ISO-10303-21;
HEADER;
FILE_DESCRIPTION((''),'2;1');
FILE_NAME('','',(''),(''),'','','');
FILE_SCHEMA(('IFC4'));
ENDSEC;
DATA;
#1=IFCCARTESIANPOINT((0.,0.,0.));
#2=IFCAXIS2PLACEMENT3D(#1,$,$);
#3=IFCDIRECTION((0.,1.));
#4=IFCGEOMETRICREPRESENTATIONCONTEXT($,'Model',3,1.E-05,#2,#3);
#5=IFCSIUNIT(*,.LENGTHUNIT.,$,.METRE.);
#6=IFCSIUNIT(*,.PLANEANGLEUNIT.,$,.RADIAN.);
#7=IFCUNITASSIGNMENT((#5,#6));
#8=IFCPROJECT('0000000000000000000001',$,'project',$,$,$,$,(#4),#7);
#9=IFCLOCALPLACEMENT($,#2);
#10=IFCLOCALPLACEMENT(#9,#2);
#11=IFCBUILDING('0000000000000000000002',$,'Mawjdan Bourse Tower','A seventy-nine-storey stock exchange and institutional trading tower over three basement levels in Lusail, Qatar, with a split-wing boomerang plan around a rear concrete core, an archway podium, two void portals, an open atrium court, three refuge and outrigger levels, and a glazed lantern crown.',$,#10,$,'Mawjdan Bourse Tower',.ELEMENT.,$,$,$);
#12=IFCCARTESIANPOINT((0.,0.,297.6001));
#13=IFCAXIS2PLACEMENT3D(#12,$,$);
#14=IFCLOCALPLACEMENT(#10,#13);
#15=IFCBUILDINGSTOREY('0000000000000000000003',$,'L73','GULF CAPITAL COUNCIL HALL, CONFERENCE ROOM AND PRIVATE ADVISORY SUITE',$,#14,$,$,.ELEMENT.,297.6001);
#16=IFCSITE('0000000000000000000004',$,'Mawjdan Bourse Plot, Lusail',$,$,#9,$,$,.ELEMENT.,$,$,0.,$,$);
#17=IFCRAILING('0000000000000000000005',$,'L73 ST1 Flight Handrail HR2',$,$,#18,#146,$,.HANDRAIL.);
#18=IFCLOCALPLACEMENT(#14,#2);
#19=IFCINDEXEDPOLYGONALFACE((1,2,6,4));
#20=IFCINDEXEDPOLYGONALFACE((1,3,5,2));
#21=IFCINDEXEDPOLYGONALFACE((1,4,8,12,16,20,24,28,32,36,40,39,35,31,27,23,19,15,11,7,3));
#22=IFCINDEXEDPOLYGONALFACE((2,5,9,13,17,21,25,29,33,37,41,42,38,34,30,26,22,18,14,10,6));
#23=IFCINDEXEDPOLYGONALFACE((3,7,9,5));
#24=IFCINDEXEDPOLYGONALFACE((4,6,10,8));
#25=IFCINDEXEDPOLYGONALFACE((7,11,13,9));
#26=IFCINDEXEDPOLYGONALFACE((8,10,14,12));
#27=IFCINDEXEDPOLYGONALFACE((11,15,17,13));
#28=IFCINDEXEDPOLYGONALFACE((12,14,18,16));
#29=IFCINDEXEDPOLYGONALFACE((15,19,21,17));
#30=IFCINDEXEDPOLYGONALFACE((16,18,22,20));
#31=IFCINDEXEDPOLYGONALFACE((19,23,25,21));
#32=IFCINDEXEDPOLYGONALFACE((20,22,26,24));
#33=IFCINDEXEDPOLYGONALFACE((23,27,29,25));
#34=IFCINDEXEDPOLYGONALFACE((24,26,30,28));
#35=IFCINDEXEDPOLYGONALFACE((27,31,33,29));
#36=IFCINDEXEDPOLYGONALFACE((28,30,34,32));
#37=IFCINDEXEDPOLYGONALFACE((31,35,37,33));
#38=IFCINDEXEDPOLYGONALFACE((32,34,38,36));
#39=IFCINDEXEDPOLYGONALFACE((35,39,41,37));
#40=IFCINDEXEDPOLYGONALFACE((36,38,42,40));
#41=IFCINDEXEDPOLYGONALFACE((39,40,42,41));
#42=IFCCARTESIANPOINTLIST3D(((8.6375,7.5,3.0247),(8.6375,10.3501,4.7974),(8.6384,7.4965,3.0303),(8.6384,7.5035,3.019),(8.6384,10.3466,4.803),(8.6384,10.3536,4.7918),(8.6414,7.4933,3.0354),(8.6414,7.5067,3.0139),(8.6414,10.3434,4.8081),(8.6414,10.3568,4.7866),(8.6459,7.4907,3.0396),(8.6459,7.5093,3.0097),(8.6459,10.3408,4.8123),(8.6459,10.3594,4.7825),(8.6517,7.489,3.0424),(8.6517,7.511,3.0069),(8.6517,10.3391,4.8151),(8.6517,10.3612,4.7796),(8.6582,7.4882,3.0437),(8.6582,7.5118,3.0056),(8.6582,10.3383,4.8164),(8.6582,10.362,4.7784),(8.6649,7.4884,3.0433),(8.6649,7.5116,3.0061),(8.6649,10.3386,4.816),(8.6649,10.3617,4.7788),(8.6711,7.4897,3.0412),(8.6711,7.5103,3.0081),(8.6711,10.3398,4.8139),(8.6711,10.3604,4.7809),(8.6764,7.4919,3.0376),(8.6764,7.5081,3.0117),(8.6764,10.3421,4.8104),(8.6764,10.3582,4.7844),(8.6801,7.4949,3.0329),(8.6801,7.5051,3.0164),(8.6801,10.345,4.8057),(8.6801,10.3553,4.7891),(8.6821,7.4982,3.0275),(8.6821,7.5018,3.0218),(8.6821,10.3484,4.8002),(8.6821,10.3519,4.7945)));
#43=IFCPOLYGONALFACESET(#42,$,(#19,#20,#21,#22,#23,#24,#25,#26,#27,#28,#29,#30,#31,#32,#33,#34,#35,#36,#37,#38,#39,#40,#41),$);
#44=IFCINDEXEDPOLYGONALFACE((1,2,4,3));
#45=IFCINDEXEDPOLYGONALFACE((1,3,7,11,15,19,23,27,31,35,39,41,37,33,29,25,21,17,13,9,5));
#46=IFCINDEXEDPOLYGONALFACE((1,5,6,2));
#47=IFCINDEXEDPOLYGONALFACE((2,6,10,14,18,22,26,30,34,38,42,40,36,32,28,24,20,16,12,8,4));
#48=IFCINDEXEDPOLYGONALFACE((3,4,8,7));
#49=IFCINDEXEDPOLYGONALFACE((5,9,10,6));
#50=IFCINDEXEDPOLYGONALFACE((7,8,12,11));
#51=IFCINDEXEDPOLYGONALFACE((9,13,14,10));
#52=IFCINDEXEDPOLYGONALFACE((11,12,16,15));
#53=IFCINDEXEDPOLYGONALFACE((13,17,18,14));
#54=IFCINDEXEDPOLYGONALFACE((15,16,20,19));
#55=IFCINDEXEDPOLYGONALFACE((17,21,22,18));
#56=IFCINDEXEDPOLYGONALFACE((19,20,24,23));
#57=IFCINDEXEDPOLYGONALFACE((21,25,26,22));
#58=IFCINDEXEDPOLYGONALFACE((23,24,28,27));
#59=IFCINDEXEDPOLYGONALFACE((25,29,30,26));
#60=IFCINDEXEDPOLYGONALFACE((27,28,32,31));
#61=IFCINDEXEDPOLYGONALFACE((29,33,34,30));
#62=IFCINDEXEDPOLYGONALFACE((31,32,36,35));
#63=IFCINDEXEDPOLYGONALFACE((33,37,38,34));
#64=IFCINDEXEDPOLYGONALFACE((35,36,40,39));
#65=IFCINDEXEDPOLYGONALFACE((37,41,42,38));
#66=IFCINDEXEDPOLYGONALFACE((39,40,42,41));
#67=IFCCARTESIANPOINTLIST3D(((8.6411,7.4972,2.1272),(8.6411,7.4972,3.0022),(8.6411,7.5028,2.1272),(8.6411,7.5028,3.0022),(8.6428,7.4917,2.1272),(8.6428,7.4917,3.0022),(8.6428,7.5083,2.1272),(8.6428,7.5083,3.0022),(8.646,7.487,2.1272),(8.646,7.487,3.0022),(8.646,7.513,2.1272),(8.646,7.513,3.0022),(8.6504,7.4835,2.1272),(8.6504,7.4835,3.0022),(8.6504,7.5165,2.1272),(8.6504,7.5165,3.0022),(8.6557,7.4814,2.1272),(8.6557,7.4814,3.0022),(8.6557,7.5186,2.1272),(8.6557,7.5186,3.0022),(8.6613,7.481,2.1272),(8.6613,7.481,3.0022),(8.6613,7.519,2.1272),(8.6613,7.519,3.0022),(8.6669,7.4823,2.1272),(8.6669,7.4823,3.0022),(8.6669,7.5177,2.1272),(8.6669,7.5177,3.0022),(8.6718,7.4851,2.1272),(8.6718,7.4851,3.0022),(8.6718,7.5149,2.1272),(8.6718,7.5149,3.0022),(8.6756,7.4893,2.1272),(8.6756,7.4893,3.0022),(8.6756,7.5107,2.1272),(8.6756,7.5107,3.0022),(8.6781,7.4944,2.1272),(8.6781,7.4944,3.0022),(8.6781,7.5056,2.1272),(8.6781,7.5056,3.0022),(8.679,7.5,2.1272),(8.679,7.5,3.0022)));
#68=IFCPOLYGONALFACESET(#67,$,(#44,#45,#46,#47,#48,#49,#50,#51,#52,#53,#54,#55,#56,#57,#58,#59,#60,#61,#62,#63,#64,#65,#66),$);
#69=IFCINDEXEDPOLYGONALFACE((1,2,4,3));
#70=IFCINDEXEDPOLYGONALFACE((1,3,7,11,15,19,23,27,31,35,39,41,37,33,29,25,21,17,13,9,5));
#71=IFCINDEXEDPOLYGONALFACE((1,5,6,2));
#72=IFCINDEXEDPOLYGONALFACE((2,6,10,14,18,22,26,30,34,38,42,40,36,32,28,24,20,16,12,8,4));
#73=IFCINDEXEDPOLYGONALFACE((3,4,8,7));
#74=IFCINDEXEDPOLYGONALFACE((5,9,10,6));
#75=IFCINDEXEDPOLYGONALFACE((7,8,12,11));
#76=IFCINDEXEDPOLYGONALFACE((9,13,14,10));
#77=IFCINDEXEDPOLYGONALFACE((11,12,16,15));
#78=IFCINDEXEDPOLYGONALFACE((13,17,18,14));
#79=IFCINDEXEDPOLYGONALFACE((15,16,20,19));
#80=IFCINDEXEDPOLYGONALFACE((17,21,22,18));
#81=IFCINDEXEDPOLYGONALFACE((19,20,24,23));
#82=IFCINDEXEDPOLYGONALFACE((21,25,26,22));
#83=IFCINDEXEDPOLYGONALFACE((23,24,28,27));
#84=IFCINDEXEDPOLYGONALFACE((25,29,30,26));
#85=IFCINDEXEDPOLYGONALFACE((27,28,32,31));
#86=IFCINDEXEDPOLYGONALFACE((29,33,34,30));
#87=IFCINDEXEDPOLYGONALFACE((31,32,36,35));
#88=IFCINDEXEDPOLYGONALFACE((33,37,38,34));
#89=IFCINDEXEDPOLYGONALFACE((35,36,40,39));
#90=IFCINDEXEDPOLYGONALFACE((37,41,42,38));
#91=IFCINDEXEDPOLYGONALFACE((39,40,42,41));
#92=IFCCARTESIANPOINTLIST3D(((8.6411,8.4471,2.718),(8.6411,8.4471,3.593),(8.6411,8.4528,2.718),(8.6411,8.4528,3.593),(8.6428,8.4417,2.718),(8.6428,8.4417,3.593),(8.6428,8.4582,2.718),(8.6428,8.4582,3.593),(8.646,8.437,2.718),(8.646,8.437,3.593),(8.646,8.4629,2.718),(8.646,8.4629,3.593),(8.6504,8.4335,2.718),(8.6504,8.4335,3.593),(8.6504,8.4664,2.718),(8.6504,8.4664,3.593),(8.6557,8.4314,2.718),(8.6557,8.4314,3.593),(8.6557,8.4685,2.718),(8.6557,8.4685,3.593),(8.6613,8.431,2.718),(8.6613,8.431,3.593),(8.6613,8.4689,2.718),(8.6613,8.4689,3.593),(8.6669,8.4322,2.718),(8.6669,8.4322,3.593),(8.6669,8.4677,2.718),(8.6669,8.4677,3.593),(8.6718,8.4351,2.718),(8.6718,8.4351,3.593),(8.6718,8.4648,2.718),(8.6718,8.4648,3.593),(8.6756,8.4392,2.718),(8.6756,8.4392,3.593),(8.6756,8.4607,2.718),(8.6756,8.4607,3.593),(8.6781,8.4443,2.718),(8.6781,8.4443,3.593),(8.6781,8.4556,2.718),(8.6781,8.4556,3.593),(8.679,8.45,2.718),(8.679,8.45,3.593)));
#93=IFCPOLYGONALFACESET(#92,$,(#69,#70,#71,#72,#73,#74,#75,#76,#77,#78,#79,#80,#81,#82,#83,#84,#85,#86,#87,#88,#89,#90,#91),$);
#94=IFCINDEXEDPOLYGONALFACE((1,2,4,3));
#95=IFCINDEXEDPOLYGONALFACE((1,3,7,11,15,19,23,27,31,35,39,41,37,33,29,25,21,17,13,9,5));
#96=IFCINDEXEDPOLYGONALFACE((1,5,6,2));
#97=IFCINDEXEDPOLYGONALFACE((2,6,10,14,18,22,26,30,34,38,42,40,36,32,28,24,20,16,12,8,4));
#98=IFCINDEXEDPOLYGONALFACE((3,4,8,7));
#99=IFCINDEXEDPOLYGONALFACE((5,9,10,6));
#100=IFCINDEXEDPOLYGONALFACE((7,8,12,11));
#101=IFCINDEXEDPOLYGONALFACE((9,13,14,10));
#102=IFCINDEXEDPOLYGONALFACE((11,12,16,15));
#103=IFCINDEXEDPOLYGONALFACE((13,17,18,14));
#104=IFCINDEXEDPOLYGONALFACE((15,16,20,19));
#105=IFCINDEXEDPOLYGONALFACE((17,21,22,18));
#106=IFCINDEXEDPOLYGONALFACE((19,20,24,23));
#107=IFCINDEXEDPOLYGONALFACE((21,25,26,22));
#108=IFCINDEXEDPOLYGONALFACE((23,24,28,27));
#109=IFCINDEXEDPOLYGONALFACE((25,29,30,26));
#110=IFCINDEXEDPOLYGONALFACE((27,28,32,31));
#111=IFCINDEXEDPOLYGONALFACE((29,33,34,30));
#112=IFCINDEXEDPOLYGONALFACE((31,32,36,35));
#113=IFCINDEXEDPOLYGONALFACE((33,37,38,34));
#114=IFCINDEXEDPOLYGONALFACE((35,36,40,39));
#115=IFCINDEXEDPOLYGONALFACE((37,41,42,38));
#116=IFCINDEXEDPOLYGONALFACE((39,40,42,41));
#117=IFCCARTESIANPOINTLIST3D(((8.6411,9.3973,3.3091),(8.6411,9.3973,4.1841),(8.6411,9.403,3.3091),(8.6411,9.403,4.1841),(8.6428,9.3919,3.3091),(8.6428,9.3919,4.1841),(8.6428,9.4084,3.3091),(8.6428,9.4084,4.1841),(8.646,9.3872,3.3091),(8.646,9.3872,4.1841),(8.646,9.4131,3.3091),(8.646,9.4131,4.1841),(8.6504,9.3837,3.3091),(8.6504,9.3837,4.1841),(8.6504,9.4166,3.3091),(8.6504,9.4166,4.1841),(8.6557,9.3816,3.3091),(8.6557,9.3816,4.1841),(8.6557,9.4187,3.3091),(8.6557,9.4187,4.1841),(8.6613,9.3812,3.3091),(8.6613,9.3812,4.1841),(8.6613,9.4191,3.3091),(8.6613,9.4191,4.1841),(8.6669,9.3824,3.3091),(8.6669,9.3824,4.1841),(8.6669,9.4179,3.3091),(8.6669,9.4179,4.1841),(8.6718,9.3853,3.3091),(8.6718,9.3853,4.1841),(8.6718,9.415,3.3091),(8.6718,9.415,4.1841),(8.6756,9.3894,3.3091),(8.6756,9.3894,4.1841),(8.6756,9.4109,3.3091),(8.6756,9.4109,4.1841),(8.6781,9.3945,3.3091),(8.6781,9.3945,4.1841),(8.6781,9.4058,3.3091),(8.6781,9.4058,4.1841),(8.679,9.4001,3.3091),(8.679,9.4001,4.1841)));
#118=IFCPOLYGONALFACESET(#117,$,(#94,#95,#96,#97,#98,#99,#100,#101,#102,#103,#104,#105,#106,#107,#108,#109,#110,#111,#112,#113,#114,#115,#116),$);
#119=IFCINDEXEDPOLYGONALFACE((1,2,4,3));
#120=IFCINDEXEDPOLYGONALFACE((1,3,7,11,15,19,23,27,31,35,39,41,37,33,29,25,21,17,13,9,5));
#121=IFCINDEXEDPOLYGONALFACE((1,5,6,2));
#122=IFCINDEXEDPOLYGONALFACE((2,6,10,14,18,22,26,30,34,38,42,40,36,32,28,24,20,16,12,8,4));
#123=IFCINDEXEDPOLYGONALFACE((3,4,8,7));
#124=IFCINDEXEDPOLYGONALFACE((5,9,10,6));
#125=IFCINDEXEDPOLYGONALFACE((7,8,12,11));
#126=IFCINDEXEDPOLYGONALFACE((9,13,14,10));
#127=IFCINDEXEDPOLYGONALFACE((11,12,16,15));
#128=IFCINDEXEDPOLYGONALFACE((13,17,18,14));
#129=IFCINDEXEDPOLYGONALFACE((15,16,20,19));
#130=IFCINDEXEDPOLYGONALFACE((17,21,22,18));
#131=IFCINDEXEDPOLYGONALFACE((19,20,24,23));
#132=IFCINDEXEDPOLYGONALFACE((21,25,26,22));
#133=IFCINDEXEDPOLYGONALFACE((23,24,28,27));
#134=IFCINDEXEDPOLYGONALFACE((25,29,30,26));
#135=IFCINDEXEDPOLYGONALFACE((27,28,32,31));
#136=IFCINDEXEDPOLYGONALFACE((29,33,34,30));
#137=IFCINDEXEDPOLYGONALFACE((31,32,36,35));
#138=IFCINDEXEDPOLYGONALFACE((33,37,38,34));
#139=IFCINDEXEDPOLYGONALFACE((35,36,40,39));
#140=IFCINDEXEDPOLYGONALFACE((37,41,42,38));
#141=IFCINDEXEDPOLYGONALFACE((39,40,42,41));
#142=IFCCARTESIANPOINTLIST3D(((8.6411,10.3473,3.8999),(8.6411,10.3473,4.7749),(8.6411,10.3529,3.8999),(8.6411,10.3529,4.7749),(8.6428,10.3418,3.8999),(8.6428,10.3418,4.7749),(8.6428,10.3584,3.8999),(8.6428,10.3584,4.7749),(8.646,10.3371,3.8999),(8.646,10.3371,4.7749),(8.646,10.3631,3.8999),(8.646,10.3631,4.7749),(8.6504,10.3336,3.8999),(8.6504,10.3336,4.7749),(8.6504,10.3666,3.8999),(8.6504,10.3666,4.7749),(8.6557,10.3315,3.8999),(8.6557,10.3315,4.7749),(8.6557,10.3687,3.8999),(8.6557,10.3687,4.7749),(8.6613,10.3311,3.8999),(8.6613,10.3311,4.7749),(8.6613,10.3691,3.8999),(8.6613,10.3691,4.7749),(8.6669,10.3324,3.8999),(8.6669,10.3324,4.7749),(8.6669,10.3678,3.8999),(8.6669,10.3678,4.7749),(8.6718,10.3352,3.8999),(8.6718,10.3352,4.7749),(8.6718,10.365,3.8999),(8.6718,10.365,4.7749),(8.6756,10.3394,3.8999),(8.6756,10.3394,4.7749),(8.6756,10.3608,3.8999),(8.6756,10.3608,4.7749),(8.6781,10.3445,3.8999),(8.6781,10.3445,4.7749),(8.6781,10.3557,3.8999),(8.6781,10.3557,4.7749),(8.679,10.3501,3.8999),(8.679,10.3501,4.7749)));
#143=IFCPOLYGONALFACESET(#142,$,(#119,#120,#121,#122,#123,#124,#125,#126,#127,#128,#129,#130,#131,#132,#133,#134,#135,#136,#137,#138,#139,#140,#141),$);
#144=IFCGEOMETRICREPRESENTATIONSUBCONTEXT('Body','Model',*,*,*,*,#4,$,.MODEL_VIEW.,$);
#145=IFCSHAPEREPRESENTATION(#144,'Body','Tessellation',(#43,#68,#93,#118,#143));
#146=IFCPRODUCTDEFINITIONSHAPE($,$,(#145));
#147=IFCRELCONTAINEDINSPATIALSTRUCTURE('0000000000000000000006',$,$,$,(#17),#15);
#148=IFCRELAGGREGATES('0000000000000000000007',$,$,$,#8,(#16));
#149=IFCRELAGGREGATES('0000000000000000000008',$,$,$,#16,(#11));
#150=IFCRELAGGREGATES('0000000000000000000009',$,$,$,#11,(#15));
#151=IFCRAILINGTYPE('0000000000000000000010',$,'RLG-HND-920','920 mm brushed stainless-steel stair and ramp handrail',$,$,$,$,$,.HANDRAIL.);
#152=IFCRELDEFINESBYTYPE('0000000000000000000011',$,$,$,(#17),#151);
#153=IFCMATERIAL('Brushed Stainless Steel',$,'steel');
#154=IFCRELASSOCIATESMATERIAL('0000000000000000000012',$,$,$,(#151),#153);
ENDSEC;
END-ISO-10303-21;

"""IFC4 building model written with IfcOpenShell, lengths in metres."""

from ifc_helpers import new_model, si_unit, direction, frame, origin, origin_2d, place, context, subcontext, project, spatial, circle, extrude, material, type_object, element, save


model = new_model("IFC4")

# Units and contexts
model_context = context("Model", 3, precision=1e-05, world=origin(), true_north=direction((0.0, 1.0)))
body_context = subcontext(model_context, "Body", "Model", "MODEL_VIEW")
ifc_project = project(units=[si_unit("LENGTHUNIT", "METRE"), si_unit("PLANEANGLEUNIT", "RADIAN")], contexts=[model_context])

# Site, building, storey
site_placement = place(None, origin())
site = spatial("IfcSite", under=ifc_project, at=site_placement, Name="Mawjdan Bourse Plot, Lusail", CompositionType="ELEMENT", RefElevation=0.0)
building_placement = place(site_placement, origin())
building = spatial("IfcBuilding", under=site, at=building_placement, Name="Mawjdan Bourse Tower", Description="A seventy-nine-storey stock exchange and institutional trading tower over three basement levels in Lusail, Qatar, with a split-wing boomerang plan around a rear concrete core, an archway podium, two void portals, an open atrium court, three refuge and outrigger levels, and a glazed lantern crown.", LongName="Mawjdan Bourse Tower", CompositionType="ELEMENT")
storey_placement = place(building_placement, frame((0.0, 0.0, 297.6001)))
storey = spatial("IfcBuildingStorey", under=building, at=storey_placement, Name="L73", Description="GULF CAPITAL COUNCIL HALL, CONFERENCE ROOM AND PRIVATE ADVISORY SUITE", CompositionType="ELEMENT", Elevation=297.6001)

# Railing
ifc_material_1 = material(Name="Brushed Stainless Steel", Category="steel")
railing_type_1 = type_object("IfcRailingType", Name="RLG-HND-920", Description="920 mm brushed stainless-steel stair and ramp handrail", PredefinedType="HANDRAIL", material=ifc_material_1)
railing_placement = place(storey_placement, frame((8.6599, 7.5, 2.1272)))
element("IfcRailing", 1, at=railing_placement, inside=storey, type_object=railing_type_1, Name="L73 ST1 Flight Handrail HR2", PredefinedType="HANDRAIL", context=body_context, shape_type="SweptSolid", body=[
    extrude(circle(Radius=0.0225, at=origin_2d()), frame((0.0, 0.0, 0.8975), z_axis=(0.0, 0.849149, 0.528154), x_axis=(-1.0, 0.0, 0.0)), (0.0, 0.0, 1.0), 3.3564),
    extrude(circle(Radius=0.019, at=origin_2d()), origin(), (0.0, 0.0, 1.0), 0.875),
    extrude(circle(Radius=0.019, at=origin_2d()), frame((0.0, 0.95, 0.5908)), (0.0, 0.0, 1.0), 0.875),
    extrude(circle(Radius=0.019, at=origin_2d()), frame((0.0, 1.9001, 1.1819)), (0.0, 0.0, 1.0), 0.875),
    extrude(circle(Radius=0.019, at=origin_2d()), frame((0.0, 2.8501, 1.7727)), (0.0, 0.0, 1.0), 0.875),
])

save(model, "model.ifc")
